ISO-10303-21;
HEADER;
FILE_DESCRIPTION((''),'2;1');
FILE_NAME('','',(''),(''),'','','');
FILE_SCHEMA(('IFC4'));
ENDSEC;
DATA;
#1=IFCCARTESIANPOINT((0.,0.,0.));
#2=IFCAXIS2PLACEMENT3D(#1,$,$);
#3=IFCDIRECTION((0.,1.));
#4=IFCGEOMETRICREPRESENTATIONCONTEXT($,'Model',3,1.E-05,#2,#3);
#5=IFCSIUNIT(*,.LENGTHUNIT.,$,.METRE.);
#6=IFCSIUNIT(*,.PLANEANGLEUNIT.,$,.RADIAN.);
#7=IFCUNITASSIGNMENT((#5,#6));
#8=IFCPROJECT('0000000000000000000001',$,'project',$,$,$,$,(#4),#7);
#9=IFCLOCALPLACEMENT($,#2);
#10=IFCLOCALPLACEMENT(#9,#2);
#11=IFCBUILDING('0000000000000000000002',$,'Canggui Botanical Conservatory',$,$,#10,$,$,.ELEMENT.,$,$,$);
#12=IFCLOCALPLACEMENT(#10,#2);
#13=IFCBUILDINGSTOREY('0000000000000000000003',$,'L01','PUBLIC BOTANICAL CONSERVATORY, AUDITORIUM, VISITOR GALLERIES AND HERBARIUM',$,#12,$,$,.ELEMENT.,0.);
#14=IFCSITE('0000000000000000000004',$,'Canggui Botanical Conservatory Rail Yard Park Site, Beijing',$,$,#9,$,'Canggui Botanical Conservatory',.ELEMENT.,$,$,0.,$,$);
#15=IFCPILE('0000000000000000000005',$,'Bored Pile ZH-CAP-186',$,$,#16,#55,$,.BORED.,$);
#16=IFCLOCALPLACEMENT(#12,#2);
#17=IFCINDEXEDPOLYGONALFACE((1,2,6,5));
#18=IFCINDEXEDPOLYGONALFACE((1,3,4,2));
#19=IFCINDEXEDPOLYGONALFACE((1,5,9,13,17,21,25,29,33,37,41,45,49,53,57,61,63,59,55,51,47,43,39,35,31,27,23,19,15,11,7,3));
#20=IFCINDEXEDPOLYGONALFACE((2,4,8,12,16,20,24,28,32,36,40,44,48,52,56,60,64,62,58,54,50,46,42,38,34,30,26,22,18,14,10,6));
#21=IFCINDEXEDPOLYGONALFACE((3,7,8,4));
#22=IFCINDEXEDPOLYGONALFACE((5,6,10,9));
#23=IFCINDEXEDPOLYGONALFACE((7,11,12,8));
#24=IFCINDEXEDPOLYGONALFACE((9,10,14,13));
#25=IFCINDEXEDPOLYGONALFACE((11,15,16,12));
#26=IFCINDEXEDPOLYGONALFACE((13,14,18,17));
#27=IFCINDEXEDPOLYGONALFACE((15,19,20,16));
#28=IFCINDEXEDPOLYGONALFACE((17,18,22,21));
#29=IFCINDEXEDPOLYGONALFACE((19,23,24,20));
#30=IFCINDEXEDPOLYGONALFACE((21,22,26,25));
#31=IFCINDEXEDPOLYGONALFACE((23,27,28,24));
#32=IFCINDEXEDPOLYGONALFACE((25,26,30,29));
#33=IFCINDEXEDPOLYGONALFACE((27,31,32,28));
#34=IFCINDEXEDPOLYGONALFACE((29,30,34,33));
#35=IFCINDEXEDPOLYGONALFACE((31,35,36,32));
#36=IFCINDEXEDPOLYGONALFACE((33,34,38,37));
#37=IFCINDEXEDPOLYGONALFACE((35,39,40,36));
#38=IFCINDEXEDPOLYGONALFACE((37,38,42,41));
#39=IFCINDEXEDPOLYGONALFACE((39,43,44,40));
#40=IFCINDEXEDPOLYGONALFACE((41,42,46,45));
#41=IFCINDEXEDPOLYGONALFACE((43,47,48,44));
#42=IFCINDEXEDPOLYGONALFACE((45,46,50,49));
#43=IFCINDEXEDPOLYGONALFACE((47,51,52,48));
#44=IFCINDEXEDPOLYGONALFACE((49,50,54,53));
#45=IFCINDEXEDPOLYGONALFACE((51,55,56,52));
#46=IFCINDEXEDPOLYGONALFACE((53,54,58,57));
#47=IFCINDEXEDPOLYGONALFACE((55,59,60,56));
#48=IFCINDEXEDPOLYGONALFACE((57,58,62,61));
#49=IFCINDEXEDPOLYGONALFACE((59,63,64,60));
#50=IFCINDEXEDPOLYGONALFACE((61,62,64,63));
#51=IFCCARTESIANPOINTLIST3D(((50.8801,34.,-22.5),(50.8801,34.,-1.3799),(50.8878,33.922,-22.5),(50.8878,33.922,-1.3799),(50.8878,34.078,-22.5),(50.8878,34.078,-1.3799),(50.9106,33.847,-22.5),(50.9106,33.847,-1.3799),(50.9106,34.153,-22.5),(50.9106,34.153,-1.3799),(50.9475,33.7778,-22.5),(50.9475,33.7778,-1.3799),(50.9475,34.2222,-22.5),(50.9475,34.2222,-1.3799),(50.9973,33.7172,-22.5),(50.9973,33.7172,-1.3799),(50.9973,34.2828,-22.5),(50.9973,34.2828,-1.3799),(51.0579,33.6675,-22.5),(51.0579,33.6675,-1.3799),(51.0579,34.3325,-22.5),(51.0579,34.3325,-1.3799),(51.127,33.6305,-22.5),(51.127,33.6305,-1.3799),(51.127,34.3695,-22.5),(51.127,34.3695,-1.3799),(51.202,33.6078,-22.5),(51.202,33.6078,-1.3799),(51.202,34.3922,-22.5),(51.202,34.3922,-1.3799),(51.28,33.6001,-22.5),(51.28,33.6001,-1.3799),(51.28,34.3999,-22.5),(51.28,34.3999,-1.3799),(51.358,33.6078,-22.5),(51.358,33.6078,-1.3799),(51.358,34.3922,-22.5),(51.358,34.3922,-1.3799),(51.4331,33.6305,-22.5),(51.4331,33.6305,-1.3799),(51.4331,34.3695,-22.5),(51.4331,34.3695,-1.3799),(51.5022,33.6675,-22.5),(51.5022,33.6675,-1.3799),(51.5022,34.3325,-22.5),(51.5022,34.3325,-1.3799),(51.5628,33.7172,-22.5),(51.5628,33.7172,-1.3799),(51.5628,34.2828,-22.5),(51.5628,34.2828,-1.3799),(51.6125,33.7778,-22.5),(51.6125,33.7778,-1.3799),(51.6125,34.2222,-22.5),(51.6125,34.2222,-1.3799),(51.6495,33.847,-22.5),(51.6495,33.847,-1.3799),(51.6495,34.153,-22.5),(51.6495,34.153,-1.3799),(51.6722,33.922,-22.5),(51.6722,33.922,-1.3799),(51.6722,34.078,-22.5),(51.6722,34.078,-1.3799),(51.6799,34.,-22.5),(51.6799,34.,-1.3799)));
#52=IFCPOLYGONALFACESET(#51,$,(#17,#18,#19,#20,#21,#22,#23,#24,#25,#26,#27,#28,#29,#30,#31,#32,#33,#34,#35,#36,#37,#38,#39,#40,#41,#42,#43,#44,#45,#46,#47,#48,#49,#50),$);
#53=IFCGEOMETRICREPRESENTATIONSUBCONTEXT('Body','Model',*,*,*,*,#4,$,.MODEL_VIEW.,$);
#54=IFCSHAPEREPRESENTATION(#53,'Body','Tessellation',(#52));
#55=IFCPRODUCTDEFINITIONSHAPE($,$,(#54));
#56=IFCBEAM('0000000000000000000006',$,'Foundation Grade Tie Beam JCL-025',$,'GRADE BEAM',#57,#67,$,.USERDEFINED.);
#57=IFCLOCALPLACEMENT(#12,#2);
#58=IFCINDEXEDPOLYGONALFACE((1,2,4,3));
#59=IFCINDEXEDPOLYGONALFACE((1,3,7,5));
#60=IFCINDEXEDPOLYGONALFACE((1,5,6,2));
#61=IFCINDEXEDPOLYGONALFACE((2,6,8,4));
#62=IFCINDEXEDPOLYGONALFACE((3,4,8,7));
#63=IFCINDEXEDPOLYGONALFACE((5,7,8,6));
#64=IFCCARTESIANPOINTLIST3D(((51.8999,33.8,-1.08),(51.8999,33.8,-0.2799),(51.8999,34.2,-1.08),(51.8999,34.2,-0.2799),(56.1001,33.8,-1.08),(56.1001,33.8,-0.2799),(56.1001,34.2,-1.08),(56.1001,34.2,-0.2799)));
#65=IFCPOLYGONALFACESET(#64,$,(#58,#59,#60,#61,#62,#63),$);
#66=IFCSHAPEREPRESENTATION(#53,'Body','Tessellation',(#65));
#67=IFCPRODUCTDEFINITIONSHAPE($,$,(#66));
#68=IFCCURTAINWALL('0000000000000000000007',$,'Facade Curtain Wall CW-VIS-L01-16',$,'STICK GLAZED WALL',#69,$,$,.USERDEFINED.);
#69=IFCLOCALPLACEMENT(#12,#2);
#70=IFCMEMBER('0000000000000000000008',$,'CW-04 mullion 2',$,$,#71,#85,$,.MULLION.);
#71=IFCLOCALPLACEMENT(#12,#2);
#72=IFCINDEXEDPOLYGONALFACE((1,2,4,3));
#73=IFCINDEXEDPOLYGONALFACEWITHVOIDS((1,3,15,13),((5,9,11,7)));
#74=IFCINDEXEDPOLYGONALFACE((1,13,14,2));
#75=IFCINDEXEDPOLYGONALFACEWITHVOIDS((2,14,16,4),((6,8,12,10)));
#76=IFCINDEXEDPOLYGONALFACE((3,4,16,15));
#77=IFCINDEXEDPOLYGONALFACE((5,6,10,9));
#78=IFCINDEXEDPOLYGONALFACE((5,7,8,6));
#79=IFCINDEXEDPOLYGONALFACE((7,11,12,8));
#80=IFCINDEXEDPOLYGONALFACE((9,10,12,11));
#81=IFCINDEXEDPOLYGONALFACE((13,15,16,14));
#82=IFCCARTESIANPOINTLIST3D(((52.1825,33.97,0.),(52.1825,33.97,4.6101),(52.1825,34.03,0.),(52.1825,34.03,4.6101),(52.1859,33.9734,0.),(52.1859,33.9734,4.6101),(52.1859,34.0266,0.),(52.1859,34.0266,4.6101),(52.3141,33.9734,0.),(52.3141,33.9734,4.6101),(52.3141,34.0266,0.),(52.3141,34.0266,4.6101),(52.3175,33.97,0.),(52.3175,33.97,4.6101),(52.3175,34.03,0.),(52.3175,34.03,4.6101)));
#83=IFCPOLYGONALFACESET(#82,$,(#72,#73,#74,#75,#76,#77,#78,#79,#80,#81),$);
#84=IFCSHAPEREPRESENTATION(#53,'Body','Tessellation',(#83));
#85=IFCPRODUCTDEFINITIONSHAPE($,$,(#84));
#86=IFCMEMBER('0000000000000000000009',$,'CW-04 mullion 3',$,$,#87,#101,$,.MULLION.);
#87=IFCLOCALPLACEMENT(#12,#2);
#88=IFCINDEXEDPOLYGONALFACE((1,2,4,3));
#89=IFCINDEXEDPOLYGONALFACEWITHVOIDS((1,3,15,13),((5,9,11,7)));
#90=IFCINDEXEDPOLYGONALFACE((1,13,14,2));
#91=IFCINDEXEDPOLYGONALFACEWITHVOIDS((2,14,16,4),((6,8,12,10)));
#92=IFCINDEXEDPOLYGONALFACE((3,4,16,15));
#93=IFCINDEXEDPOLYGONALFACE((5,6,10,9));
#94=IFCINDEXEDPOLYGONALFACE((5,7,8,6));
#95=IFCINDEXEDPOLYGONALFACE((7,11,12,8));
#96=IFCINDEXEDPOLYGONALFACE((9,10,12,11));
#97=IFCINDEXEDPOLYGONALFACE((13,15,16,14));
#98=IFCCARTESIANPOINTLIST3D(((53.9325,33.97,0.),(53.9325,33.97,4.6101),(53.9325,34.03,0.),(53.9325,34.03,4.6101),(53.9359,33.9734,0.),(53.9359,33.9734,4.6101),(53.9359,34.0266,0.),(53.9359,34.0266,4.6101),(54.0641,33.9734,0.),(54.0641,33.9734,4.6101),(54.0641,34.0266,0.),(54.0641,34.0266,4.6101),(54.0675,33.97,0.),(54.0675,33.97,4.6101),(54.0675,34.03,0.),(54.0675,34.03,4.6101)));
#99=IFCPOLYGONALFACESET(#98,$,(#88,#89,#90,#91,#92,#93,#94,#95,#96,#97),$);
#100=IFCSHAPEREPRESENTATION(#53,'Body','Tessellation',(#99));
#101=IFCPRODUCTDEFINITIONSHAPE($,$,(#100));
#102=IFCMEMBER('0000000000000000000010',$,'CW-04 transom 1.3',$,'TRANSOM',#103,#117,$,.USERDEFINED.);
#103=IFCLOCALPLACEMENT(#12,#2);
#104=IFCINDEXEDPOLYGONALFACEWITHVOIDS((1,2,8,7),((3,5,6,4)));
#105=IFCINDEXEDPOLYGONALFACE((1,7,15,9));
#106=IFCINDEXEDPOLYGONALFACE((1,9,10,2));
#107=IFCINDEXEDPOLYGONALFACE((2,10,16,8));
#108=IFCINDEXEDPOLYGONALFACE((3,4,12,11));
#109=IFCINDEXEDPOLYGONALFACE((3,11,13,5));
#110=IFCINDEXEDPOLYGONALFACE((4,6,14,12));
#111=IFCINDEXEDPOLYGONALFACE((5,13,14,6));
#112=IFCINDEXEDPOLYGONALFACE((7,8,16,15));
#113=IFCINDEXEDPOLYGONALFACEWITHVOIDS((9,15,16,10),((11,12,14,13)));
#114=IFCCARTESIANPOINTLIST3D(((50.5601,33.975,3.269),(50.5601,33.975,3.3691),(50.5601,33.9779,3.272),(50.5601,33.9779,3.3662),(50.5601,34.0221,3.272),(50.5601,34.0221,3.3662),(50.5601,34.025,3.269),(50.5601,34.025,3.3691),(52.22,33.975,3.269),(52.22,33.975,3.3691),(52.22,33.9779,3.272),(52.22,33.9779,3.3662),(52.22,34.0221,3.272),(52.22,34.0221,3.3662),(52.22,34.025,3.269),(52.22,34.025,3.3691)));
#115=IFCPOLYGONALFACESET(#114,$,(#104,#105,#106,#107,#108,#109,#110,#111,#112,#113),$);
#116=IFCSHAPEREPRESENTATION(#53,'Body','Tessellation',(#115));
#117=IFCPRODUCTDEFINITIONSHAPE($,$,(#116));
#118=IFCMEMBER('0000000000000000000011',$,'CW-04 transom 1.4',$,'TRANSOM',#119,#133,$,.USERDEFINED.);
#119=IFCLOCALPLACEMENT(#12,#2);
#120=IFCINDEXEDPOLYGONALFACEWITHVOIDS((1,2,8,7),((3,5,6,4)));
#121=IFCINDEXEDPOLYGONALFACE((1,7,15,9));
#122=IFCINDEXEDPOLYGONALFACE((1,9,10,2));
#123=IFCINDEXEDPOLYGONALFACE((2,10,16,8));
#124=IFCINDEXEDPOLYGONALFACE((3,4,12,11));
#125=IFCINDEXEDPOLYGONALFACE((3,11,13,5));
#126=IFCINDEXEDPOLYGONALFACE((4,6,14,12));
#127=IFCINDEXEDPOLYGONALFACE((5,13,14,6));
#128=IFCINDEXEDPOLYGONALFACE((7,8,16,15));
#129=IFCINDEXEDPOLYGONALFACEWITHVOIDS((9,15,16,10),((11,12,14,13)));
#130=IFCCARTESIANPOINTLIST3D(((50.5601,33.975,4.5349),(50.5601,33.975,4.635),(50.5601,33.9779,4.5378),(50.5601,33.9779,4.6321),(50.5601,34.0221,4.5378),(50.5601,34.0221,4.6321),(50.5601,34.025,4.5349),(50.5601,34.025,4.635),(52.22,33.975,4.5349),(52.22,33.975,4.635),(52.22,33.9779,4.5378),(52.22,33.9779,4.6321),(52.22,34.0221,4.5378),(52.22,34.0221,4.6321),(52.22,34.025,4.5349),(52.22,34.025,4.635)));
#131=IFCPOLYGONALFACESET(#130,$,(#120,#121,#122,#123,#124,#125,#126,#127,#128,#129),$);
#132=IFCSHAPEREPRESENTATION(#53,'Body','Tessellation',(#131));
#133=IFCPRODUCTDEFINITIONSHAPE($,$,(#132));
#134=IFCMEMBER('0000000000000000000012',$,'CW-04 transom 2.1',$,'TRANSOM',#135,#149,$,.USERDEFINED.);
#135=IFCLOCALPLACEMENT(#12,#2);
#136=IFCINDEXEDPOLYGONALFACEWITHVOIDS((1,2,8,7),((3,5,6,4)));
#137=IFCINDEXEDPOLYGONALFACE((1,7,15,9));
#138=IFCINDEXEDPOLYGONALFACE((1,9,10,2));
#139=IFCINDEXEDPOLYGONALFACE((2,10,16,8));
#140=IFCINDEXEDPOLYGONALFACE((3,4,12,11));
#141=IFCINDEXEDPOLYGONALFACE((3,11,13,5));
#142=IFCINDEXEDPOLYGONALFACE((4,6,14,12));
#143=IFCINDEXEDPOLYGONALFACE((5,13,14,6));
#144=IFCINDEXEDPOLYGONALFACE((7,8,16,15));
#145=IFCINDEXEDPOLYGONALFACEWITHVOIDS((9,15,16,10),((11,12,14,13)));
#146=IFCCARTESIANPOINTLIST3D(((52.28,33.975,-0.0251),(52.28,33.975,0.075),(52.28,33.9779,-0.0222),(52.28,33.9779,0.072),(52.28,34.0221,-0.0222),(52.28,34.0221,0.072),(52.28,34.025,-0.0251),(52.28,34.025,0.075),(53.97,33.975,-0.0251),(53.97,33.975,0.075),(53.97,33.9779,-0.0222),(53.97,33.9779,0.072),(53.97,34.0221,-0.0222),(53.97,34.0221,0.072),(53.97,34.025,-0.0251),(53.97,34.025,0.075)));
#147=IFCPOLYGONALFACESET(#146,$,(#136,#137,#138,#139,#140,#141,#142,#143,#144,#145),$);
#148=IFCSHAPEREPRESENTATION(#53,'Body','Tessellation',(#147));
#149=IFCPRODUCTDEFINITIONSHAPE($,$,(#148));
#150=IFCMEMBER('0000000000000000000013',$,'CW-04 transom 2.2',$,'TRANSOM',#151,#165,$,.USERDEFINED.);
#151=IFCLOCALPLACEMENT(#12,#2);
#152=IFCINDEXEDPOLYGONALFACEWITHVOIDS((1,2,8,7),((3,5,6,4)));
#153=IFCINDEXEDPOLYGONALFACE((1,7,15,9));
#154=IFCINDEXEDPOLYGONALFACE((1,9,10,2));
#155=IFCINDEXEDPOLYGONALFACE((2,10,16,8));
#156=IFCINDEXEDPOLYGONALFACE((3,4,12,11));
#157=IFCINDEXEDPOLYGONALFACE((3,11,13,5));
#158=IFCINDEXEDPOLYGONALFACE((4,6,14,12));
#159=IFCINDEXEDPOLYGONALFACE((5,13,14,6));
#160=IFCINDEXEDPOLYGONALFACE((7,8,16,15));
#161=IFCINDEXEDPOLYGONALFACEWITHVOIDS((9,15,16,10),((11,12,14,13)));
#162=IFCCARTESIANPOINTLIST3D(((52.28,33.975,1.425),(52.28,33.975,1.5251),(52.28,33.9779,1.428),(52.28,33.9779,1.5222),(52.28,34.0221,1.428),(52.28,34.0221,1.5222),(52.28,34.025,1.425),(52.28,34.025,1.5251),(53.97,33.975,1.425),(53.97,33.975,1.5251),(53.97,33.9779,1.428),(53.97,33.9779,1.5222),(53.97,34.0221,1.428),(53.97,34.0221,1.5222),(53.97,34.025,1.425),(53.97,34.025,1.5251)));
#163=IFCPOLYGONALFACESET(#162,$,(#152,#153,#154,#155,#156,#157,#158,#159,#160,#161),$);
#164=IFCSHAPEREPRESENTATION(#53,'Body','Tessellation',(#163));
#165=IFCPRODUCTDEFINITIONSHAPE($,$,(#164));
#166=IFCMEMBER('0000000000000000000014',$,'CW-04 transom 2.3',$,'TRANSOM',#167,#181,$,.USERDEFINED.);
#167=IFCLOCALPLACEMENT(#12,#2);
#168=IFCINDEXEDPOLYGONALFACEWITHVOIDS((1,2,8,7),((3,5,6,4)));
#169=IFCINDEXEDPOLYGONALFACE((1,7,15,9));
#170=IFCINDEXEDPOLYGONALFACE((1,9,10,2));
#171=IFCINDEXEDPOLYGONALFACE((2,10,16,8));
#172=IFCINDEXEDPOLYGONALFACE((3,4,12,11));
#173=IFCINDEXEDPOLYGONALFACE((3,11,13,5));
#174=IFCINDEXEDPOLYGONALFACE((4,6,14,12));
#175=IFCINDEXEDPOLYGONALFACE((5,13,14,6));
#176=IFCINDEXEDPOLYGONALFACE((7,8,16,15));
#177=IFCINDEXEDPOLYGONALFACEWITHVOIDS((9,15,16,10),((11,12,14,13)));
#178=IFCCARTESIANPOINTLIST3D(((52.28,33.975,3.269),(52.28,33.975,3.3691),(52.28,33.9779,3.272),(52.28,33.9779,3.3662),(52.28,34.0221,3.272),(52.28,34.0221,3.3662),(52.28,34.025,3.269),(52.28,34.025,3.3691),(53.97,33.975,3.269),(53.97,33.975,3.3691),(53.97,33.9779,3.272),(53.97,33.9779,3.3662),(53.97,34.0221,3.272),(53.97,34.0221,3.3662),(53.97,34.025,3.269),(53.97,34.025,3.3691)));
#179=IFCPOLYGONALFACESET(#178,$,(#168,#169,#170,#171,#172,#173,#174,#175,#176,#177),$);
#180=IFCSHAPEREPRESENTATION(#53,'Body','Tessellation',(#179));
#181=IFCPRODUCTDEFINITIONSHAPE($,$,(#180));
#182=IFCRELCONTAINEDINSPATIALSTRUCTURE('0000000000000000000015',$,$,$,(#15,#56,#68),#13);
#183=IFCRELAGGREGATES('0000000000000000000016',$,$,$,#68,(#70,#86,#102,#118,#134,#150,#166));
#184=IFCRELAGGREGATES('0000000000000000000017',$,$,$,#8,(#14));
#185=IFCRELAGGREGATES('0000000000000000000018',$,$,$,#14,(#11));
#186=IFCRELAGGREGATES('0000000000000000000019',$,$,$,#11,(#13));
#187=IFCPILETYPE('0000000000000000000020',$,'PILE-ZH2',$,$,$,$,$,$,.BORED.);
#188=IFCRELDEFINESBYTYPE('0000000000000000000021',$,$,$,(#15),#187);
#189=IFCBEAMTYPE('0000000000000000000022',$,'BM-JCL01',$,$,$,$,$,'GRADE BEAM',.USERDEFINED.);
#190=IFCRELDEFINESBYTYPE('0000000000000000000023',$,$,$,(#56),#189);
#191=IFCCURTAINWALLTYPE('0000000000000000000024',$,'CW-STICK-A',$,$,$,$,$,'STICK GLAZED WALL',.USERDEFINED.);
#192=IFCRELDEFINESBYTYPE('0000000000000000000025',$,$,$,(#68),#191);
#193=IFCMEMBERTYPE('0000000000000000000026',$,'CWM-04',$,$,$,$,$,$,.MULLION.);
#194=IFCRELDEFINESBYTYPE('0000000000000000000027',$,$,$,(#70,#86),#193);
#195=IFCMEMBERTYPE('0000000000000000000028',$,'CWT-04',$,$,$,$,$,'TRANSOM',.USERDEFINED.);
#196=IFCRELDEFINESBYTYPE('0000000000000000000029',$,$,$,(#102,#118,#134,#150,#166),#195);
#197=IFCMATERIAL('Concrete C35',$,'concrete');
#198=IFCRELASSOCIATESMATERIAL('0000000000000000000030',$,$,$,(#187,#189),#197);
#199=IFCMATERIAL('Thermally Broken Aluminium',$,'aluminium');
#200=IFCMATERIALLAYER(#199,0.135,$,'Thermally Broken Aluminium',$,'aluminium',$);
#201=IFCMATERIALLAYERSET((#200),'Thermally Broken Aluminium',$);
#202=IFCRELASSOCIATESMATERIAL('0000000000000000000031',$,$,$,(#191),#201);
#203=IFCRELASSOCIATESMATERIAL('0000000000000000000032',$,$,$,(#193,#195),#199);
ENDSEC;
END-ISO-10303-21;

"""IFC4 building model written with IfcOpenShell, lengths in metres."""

from ifc_helpers import new_model, si_unit, direction, frame, origin, origin_2d, place, context, subcontext, project, spatial, rectangle, hollow_rectangle, circle, extrude, material, layer, layer_set, material_profile, profile_set, type_object, element, aggregate, save


model = new_model("IFC4")

# Units and contexts
model_context = context("Model", 3, precision=1e-05, world=origin(), true_north=direction((0.0, 1.0)))
body_context = subcontext(model_context, "Body", "Model", "MODEL_VIEW")
ifc_project = project(units=[si_unit("LENGTHUNIT", "METRE"), si_unit("PLANEANGLEUNIT", "RADIAN")], contexts=[model_context])

# Site, building, storey
site_placement = place(None, origin())
site = spatial("IfcSite", under=ifc_project, at=site_placement, Name="Canggui Botanical Conservatory Rail Yard Park Site, Beijing", LongName="Canggui Botanical Conservatory", CompositionType="ELEMENT", RefElevation=0.0)
building_placement = place(site_placement, origin())
building = spatial("IfcBuilding", under=site, at=building_placement, Name="Canggui Botanical Conservatory", CompositionType="ELEMENT")
storey_placement = place(building_placement, origin())
storey = spatial("IfcBuildingStorey", under=building, at=storey_placement, Name="L01", Description="PUBLIC BOTANICAL CONSERVATORY, AUDITORIUM, VISITOR GALLERIES AND HERBARIUM", CompositionType="ELEMENT", Elevation=0.0)

# Pile
ifc_material_1 = material(Name="Concrete C35", Category="concrete")
ifc_material_profile_1 = material_profile(ifc_material_1, circle(Radius=0.3999, at=origin_2d()), Name="PILE D800")
ifc_profile_set_1 = profile_set([ifc_material_profile_1], Name="Concrete C35")
pile_type = type_object("IfcPileType", Name="PILE-ZH2", PredefinedType="BORED", material=ifc_profile_set_1)
pile_placement = place(storey_placement, frame((51.28, 34.0, -1.3799), z_axis=(0.0, 0.0, -1.0), x_axis=(1.0, 0.0, 0.0)))
element("IfcPile", 1, at=pile_placement, inside=storey, type_object=pile_type, Name="Bored Pile ZH-CAP-186", PredefinedType="BORED", context=body_context, shape_type="SweptSolid", body=[
    extrude(circle(Radius=0.3999, at=origin_2d()), origin(), (0.0, 0.0, 1.0), 21.1201),
])

# Beam
ifc_material_profile_2 = material_profile(ifc_material_1, rectangle(XDim=0.3999, YDim=0.8, at=origin_2d()), Name="RB 400x800")
ifc_profile_set_2 = profile_set([ifc_material_profile_2], Name="Concrete C35")
beam_type = type_object("IfcBeamType", Name="BM-JCL01", ElementType="GRADE BEAM", PredefinedType="USERDEFINED", material=ifc_profile_set_2)
beam_placement = place(storey_placement, frame((51.8999, 34.0, -0.6799), z_axis=(1.0, 0.0, 0.0), x_axis=(0.0, 1.0, 0.0)))
element("IfcBeam", 2, at=beam_placement, inside=storey, type_object=beam_type, Name="Foundation Grade Tie Beam JCL-025", ObjectType="GRADE BEAM", PredefinedType="USERDEFINED", context=body_context, shape_type="SweptSolid", body=[
    extrude(rectangle(XDim=0.3999, YDim=0.8, at=origin_2d()), origin(), (0.0, 0.0, 1.0), 4.2002),
])

# Curtain wall, members
ifc_material_2 = material(Name="Thermally Broken Aluminium", Category="aluminium")
ifc_layer_1 = layer(ifc_material_2, 0.135, Name="Thermally Broken Aluminium", Category="aluminium")
ifc_layer_set_1 = layer_set([ifc_layer_1], Name="Thermally Broken Aluminium")
curtain_wall_type = type_object("IfcCurtainWallType", Name="CW-STICK-A", ElementType="STICK GLAZED WALL", PredefinedType="USERDEFINED", material=ifc_layer_set_1)
curtain_wall_placement = place(storey_placement, origin())
curtain_wall = element("IfcCurtainWall", 3, at=curtain_wall_placement, inside=storey, type_object=curtain_wall_type, Name="Facade Curtain Wall CW-VIS-L01-16", ObjectType="STICK GLAZED WALL", PredefinedType="USERDEFINED")
ifc_material_profile_3 = material_profile(ifc_material_2, hollow_rectangle(XDim=0.0601, YDim=0.135, WallThickness=0.0034, at=origin_2d()), Name="CWM 60x135x3.5")
ifc_profile_set_3 = profile_set([ifc_material_profile_3], Name="Thermally Broken Aluminium")
member_type_1 = type_object("IfcMemberType", Name="CWM-04", PredefinedType="MULLION", material=ifc_profile_set_3)
member_1_placement = place(storey_placement, frame((52.25, 34.0, 0.0), z_axis=(0.0, 0.0, 1.0), x_axis=(0.0, 1.0, 0.0)))
member_1 = element("IfcMember", 4, at=member_1_placement, type_object=member_type_1, Name="CW-04 mullion 2", PredefinedType="MULLION", context=body_context, shape_type="SweptSolid", body=[
    extrude(hollow_rectangle(XDim=0.0601, YDim=0.135, WallThickness=0.0034, at=origin_2d()), origin(), (0.0, 0.0, 1.0), 4.6101),
])
member_2_placement = place(storey_placement, frame((54.0, 34.0, 0.0), z_axis=(0.0, 0.0, 1.0), x_axis=(0.0, 1.0, 0.0)))
member_2 = element("IfcMember", 5, at=member_2_placement, type_object=member_type_1, Name="CW-04 mullion 3", PredefinedType="MULLION", context=body_context, shape_type="SweptSolid", body=[
    extrude(hollow_rectangle(XDim=0.0601, YDim=0.135, WallThickness=0.0034, at=origin_2d()), origin(), (0.0, 0.0, 1.0), 4.6101),
])
ifc_material_profile_4 = material_profile(ifc_material_2, hollow_rectangle(XDim=0.05, YDim=0.1001, WallThickness=0.0029, at=origin_2d()), Name="CWT 50x100x3")
ifc_profile_set_4 = profile_set([ifc_material_profile_4], Name="Thermally Broken Aluminium")
member_type_2 = type_object("IfcMemberType", Name="CWT-04", ElementType="TRANSOM", PredefinedType="USERDEFINED", material=ifc_profile_set_4)
member_3_placement = place(storey_placement, frame((50.5601, 34.0, 3.3191), z_axis=(1.0, 0.0, 0.0), x_axis=(0.0, 1.0, 0.0)))
member_3 = element("IfcMember", 6, at=member_3_placement, type_object=member_type_2, Name="CW-04 transom 1.3", ObjectType="TRANSOM", PredefinedType="USERDEFINED", context=body_context, shape_type="SweptSolid", body=[
    extrude(hollow_rectangle(XDim=0.05, YDim=0.1001, WallThickness=0.0029, at=origin_2d()), origin(), (0.0, 0.0, 1.0), 1.6599),
])
member_4_placement = place(storey_placement, frame((50.5601, 34.0, 4.585), z_axis=(1.0, 0.0, 0.0), x_axis=(0.0, 1.0, 0.0)))
member_4 = element("IfcMember", 7, at=member_4_placement, type_object=member_type_2, Name="CW-04 transom 1.4", ObjectType="TRANSOM", PredefinedType="USERDEFINED", context=body_context, shape_type="SweptSolid", body=[
    extrude(hollow_rectangle(XDim=0.05, YDim=0.1001, WallThickness=0.0029, at=origin_2d()), origin(), (0.0, 0.0, 1.0), 1.6599),
])
member_5_placement = place(storey_placement, frame((52.28, 34.0, 0.0249), z_axis=(1.0, 0.0, 0.0), x_axis=(0.0, 1.0, 0.0)))
member_5 = element("IfcMember", 8, at=member_5_placement, type_object=member_type_2, Name="CW-04 transom 2.1", ObjectType="TRANSOM", PredefinedType="USERDEFINED", context=body_context, shape_type="SweptSolid", body=[
    extrude(hollow_rectangle(XDim=0.05, YDim=0.1001, WallThickness=0.0029, at=origin_2d()), origin(), (0.0, 0.0, 1.0), 1.6899),
])
member_6_placement = place(storey_placement, frame((52.28, 34.0, 1.4751), z_axis=(1.0, 0.0, 0.0), x_axis=(0.0, 1.0, 0.0)))
member_6 = element("IfcMember", 9, at=member_6_placement, type_object=member_type_2, Name="CW-04 transom 2.2", ObjectType="TRANSOM", PredefinedType="USERDEFINED", context=body_context, shape_type="SweptSolid", body=[
    extrude(hollow_rectangle(XDim=0.05, YDim=0.1001, WallThickness=0.0029, at=origin_2d()), origin(), (0.0, 0.0, 1.0), 1.6899),
])
member_7_placement = place(storey_placement, frame((52.28, 34.0, 3.3191), z_axis=(1.0, 0.0, 0.0), x_axis=(0.0, 1.0, 0.0)))
member_7 = element("IfcMember", 10, at=member_7_placement, type_object=member_type_2, Name="CW-04 transom 2.3", ObjectType="TRANSOM", PredefinedType="USERDEFINED", context=body_context, shape_type="SweptSolid", body=[
    extrude(hollow_rectangle(XDim=0.05, YDim=0.1001, WallThickness=0.0029, at=origin_2d()), origin(), (0.0, 0.0, 1.0), 1.6899),
])
aggregate(curtain_wall, [member_1, member_2, member_3, member_4, member_5, member_6, member_7])

save(model, "model.ifc")
